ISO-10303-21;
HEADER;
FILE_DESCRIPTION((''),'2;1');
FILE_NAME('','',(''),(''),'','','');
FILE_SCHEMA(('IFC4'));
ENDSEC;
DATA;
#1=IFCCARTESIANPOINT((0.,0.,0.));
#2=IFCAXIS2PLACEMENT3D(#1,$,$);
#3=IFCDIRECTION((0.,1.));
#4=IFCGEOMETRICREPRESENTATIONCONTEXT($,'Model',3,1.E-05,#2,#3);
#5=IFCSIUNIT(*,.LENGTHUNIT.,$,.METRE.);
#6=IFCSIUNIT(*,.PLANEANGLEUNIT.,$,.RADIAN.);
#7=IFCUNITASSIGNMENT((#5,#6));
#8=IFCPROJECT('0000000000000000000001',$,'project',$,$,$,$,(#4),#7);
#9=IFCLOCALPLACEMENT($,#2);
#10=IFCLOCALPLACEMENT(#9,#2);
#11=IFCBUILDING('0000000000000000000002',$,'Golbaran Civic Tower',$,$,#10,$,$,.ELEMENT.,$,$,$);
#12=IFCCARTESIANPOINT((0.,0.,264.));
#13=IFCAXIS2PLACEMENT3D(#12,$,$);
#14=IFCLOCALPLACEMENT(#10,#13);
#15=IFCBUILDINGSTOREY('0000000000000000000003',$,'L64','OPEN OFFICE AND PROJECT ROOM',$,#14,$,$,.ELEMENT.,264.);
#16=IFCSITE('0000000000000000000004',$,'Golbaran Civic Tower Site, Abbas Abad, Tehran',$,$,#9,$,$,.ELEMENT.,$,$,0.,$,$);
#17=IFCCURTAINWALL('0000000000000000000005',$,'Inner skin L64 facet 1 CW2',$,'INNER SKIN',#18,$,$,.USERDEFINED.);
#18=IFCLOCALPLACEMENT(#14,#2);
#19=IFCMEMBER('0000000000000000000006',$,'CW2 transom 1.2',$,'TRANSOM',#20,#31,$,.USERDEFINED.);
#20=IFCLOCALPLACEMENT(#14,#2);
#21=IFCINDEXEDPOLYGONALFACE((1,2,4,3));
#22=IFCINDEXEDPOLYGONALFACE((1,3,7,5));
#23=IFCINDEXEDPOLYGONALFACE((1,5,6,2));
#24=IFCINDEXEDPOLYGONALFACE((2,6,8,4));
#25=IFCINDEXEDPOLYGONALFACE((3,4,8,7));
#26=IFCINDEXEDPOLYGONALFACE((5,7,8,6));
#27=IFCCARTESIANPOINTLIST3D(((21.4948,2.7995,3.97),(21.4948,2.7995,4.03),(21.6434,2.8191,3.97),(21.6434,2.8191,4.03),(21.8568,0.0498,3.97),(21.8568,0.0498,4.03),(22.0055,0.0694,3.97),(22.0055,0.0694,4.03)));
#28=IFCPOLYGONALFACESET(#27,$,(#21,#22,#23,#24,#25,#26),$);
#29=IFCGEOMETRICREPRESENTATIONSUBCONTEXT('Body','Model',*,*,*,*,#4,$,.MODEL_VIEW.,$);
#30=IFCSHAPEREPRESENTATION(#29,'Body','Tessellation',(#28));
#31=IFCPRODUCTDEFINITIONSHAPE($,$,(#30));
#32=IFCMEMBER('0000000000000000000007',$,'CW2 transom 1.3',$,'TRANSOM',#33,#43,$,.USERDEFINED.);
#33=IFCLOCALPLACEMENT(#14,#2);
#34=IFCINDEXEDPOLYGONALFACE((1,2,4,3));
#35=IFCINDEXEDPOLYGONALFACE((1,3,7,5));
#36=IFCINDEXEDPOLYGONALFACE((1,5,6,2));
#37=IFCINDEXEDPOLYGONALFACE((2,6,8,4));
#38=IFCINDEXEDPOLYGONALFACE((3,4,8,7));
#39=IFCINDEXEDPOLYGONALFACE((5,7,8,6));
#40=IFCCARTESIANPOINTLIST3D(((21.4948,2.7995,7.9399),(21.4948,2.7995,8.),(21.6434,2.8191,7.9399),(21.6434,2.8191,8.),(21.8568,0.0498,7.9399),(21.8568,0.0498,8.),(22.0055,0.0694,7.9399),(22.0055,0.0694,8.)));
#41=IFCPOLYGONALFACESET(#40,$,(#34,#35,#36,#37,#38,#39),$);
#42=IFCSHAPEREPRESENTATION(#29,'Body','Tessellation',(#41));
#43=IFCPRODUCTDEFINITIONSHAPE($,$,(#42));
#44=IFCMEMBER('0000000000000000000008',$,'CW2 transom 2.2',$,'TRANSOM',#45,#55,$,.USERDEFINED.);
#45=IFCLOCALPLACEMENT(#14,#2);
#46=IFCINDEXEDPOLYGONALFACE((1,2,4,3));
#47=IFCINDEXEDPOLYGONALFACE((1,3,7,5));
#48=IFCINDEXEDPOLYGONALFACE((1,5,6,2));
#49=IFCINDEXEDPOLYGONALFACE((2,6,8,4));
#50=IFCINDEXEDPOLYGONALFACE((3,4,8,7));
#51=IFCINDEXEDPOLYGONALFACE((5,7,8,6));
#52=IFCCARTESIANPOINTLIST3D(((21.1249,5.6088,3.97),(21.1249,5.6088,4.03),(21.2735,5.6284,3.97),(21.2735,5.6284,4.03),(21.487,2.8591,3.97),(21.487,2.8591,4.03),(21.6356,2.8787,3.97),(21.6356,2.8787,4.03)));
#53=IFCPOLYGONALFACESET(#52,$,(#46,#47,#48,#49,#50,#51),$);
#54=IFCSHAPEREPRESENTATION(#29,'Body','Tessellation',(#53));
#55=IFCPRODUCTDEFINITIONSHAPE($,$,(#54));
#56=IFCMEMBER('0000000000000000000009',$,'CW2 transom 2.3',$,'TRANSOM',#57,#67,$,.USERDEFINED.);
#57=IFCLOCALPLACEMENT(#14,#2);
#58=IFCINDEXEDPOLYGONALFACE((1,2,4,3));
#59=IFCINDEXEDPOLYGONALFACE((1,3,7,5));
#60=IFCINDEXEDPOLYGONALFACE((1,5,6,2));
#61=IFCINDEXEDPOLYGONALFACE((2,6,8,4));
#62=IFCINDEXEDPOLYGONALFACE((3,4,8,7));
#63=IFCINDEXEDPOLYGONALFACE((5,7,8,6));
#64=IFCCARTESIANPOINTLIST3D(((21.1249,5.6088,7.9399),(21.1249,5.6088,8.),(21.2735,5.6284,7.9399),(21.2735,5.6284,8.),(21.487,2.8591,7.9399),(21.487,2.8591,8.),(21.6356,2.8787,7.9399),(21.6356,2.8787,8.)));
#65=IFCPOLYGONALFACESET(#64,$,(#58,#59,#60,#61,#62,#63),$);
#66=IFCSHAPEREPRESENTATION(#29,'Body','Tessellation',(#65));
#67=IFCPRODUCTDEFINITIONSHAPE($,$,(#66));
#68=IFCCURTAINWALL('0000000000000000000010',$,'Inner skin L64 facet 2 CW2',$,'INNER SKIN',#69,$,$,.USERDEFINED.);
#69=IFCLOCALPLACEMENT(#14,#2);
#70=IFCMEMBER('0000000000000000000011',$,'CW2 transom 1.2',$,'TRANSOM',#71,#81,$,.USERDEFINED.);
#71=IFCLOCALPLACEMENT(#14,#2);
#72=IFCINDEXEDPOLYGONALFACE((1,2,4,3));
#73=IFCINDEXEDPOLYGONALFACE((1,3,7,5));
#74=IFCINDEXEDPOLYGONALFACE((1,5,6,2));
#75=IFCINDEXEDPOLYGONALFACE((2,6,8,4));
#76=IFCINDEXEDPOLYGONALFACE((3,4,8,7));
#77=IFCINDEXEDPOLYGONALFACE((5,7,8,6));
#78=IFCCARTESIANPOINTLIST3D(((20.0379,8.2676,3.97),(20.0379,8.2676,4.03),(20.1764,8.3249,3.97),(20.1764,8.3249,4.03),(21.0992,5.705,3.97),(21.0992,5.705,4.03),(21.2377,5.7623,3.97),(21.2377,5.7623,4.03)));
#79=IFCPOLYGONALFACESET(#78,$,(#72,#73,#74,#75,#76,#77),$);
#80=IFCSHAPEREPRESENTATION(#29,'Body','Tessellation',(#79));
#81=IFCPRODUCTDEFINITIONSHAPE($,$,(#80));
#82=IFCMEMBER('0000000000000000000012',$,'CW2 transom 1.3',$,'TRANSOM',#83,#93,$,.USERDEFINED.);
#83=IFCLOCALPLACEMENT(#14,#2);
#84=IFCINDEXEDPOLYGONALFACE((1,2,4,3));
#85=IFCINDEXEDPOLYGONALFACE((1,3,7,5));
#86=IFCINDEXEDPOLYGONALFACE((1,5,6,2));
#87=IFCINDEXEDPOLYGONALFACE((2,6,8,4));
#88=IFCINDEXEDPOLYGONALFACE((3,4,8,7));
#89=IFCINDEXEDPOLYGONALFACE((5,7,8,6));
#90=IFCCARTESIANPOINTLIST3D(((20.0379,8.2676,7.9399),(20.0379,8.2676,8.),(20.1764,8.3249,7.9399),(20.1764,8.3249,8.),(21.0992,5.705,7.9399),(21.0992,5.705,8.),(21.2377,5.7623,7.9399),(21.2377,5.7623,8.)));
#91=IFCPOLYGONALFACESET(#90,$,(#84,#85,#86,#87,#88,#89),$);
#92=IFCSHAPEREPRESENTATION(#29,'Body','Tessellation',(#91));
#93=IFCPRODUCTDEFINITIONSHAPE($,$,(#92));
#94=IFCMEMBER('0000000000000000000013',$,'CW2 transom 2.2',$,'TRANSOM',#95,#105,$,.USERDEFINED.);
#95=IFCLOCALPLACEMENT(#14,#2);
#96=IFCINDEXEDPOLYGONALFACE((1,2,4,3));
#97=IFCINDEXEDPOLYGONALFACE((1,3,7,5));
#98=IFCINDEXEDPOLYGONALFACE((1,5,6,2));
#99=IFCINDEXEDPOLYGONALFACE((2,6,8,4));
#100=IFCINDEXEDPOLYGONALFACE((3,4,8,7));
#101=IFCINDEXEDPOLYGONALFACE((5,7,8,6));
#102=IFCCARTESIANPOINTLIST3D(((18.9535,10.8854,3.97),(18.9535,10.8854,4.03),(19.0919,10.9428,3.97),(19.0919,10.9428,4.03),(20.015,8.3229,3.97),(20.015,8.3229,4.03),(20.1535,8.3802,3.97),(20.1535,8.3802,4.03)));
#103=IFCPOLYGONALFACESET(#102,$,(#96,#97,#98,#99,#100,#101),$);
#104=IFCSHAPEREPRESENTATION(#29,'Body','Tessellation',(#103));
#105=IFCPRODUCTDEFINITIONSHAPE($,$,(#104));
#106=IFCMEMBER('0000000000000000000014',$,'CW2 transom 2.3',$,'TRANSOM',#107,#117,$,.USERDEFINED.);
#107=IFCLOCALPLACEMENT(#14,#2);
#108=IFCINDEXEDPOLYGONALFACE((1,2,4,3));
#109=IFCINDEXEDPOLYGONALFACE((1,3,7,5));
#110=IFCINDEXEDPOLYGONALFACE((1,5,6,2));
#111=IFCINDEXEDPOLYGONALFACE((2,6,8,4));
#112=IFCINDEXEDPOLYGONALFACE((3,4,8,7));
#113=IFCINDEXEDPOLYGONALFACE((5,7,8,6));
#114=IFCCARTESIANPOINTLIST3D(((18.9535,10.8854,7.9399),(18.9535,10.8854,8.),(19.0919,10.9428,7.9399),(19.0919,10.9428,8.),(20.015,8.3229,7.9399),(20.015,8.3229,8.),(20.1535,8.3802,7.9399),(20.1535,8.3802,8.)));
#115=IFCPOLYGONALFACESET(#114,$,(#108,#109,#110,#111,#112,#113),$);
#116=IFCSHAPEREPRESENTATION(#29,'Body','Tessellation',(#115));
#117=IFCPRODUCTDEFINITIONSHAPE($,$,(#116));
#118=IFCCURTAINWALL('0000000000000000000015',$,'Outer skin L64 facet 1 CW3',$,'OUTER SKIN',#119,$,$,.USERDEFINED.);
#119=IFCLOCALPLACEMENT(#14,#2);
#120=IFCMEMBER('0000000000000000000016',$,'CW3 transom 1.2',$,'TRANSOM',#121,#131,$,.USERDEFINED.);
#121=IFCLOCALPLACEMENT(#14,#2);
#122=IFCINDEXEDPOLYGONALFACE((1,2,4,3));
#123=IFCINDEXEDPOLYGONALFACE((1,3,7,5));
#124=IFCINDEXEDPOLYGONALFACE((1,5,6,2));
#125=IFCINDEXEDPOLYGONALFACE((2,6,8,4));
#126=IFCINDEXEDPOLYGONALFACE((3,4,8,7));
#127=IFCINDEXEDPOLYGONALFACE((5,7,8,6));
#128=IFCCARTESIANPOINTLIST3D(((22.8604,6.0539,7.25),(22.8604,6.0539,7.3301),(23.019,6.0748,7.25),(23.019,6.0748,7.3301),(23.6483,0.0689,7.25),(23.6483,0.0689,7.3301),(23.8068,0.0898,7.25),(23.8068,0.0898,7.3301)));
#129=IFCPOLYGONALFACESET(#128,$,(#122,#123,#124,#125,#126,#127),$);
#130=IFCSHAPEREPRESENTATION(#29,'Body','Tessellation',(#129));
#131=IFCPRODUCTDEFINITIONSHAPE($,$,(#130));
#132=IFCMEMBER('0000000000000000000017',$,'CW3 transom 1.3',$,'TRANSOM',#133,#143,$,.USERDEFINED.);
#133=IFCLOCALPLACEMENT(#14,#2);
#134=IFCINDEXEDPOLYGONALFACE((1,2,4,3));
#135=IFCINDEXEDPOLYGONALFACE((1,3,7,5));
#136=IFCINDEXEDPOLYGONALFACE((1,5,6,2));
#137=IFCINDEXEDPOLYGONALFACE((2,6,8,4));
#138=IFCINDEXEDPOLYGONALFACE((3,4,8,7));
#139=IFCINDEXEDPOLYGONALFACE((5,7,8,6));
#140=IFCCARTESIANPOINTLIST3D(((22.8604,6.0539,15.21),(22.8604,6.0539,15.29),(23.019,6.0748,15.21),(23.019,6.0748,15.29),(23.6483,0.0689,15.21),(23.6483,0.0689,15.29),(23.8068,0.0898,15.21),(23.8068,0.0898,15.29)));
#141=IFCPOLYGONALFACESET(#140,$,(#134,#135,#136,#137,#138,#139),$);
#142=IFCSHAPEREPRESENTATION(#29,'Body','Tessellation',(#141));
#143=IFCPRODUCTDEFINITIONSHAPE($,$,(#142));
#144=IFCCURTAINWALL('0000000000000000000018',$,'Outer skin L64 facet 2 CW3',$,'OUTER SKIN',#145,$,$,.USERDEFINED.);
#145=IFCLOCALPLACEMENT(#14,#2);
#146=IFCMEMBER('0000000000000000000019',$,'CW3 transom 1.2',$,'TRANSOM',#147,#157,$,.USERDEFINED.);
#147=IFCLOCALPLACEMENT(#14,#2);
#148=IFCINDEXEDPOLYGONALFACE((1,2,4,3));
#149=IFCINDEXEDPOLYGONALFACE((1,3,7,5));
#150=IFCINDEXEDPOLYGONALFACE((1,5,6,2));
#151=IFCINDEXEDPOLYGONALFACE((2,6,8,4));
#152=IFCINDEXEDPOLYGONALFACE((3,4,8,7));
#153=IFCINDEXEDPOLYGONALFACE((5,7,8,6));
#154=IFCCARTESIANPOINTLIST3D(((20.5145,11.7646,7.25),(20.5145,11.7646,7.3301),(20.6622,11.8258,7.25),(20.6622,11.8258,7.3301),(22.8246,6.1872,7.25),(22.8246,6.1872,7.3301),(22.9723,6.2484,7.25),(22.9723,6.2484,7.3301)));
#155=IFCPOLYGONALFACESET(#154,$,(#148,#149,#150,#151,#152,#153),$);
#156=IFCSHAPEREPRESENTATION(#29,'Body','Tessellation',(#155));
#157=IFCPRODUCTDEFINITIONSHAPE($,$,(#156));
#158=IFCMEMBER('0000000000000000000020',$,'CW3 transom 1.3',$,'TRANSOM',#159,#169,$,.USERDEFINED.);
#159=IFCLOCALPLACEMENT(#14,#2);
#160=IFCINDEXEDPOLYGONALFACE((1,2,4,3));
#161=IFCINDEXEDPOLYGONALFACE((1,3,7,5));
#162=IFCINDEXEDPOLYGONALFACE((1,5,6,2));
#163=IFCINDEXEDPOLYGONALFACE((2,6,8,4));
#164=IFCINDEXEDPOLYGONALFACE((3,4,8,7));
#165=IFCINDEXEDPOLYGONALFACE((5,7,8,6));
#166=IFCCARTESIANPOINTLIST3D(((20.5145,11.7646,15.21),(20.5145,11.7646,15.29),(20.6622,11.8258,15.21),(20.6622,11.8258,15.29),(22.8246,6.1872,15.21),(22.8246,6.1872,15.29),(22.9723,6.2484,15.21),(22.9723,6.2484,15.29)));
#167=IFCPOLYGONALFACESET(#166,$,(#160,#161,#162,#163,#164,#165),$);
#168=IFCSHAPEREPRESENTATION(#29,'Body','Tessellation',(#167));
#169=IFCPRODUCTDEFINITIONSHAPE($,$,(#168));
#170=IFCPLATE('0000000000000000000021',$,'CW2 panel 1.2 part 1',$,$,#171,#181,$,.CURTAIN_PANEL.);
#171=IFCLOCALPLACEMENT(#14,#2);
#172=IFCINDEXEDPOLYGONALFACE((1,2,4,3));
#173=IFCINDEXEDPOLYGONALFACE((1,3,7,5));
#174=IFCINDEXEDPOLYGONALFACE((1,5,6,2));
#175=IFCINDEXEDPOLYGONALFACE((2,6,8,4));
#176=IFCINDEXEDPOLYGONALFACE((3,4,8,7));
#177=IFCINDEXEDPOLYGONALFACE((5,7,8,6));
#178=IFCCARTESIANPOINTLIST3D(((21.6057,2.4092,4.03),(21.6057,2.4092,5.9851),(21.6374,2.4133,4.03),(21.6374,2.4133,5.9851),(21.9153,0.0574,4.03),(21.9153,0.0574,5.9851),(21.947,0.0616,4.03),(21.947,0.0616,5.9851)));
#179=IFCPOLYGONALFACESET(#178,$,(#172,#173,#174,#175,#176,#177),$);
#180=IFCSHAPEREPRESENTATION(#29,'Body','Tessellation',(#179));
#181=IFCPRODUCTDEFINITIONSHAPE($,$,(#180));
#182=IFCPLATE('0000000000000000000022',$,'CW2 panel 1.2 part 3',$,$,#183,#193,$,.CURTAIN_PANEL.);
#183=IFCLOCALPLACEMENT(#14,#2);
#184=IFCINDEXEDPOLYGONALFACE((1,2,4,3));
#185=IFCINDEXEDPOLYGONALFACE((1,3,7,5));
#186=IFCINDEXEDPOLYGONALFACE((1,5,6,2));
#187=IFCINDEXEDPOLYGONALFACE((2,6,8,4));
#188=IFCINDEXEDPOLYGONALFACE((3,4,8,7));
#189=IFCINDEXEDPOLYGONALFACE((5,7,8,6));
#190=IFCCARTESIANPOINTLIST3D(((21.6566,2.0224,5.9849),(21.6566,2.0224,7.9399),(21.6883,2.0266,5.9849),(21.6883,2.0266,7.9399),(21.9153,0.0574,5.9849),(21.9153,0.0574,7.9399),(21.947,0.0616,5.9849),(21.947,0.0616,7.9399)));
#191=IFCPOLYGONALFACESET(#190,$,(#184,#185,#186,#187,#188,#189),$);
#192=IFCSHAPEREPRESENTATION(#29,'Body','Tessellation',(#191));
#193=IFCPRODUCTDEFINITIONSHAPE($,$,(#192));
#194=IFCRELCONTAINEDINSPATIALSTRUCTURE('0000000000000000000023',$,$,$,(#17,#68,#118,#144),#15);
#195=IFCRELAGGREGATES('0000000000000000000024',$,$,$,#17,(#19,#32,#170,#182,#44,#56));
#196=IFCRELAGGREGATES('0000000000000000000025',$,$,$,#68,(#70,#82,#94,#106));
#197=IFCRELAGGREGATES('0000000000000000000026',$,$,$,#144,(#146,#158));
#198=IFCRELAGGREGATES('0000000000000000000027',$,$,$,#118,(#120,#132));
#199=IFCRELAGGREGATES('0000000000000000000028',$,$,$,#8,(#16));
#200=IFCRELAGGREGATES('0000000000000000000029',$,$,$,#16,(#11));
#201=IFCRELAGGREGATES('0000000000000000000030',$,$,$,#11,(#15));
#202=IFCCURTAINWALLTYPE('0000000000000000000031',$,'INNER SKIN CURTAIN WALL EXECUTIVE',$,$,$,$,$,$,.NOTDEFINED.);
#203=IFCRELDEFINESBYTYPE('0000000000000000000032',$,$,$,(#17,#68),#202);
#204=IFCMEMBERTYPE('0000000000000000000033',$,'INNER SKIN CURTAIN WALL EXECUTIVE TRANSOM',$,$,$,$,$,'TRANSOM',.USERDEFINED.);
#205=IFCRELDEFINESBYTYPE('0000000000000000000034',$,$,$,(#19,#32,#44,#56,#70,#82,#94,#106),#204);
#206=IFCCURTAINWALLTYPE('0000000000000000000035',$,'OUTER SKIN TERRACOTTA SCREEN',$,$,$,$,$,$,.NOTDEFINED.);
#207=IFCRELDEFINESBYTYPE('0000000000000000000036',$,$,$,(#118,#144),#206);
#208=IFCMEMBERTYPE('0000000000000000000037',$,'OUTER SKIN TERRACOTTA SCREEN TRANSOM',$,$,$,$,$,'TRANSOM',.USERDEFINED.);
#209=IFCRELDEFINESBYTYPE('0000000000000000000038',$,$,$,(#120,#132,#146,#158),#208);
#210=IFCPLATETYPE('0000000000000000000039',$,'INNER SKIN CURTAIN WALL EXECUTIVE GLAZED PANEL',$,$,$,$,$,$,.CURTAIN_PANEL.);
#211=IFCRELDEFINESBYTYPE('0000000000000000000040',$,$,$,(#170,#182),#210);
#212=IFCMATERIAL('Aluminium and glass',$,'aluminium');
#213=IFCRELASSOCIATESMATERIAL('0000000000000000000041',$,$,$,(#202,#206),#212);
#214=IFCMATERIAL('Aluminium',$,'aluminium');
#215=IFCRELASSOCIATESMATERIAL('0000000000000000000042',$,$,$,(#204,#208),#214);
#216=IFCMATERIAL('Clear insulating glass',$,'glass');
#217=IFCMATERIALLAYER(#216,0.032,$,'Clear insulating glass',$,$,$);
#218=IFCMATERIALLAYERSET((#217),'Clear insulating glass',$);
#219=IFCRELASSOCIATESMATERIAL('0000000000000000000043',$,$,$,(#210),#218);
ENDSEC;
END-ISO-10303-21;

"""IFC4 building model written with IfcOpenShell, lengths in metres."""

from ifc_helpers import new_model, si_unit, direction, frame, origin, origin_2d, place, context, subcontext, project, spatial, rectangle, extrude, material, layer, layer_set, material_profile, profile_set, type_object, element, aggregate, save


model = new_model("IFC4")

# Units and contexts
model_context = context("Model", 3, precision=1e-05, world=origin(), true_north=direction((0.0, 1.0)))
body_context = subcontext(model_context, "Body", "Model", "MODEL_VIEW")
ifc_project = project(units=[si_unit("LENGTHUNIT", "METRE"), si_unit("PLANEANGLEUNIT", "RADIAN")], contexts=[model_context])

# Site, building, storey
site_placement = place(None, origin())
site = spatial("IfcSite", under=ifc_project, at=site_placement, Name="Golbaran Civic Tower Site, Abbas Abad, Tehran", CompositionType="ELEMENT", RefElevation=0.0)
building_placement = place(site_placement, origin())
building = spatial("IfcBuilding", under=site, at=building_placement, Name="Golbaran Civic Tower", CompositionType="ELEMENT")
storey_placement = place(building_placement, frame((0.0, 0.0, 264.0)))
storey = spatial("IfcBuildingStorey", under=building, at=storey_placement, Name="L64", Description="OPEN OFFICE AND PROJECT ROOM", CompositionType="ELEMENT", Elevation=264.0)

# Curtain walls, members
ifc_material_1 = material(Name="Aluminium and glass", Category="aluminium")
curtain_wall_type_1 = type_object("IfcCurtainWallType", Name="INNER SKIN CURTAIN WALL EXECUTIVE", PredefinedType="NOTDEFINED", material=ifc_material_1)
curtain_wall_1_placement = place(storey_placement, origin())
curtain_wall_1 = element("IfcCurtainWall", 1, at=curtain_wall_1_placement, inside=storey, type_object=curtain_wall_type_1, Name="Inner skin L64 facet 1 CW2", ObjectType="INNER SKIN", PredefinedType="USERDEFINED")
ifc_material_2 = material(Name="Aluminium", Category="aluminium")
ifc_material_profile_1 = material_profile(ifc_material_2, rectangle(XDim=0.1499, YDim=0.0601, at=origin_2d()), Name="INNER SKIN CURTAIN WALL EXECUTIVE TRANSOM")
ifc_profile_set_1 = profile_set([ifc_material_profile_1], Name="Aluminium")
member_type_1 = type_object("IfcMemberType", Name="INNER SKIN CURTAIN WALL EXECUTIVE TRANSOM", ElementType="TRANSOM", PredefinedType="USERDEFINED", material=ifc_profile_set_1)
member_1_placement = place(storey_placement, frame((21.9312, 0.0596, 4.0), z_axis=(-0.130543, 0.991443, 0.0), x_axis=(-0.991443, -0.130543, 0.0)))
member_1 = element("IfcMember", 2, at=member_1_placement, type_object=member_type_1, Name="CW2 transom 1.2", ObjectType="TRANSOM", PredefinedType="USERDEFINED", context=body_context, shape_type="SweptSolid", body=[
    extrude(rectangle(XDim=0.1499, YDim=0.0601, at=origin_2d()), origin(), (0.0, 0.0, 1.0), 2.7734),
])
member_2_placement = place(storey_placement, frame((21.9312, 0.0596, 7.97), z_axis=(-0.130543, 0.991443, 0.0), x_axis=(-0.991443, -0.130543, 0.0)))
member_2 = element("IfcMember", 3, at=member_2_placement, type_object=member_type_1, Name="CW2 transom 1.3", ObjectType="TRANSOM", PredefinedType="USERDEFINED", context=body_context, shape_type="SweptSolid", body=[
    extrude(rectangle(XDim=0.1499, YDim=0.0601, at=origin_2d()), origin(), (0.0, 0.0, 1.0), 2.7734),
])
member_3_placement = place(storey_placement, frame((21.5613, 2.8689, 4.0), z_axis=(-0.130543, 0.991443, 0.0), x_axis=(-0.991443, -0.130543, 0.0)))
member_3 = element("IfcMember", 4, at=member_3_placement, type_object=member_type_1, Name="CW2 transom 2.2", ObjectType="TRANSOM", PredefinedType="USERDEFINED", context=body_context, shape_type="SweptSolid", body=[
    extrude(rectangle(XDim=0.1499, YDim=0.0601, at=origin_2d()), origin(), (0.0, 0.0, 1.0), 2.7734),
])
member_4_placement = place(storey_placement, frame((21.5613, 2.8689, 7.97), z_axis=(-0.130543, 0.991443, 0.0), x_axis=(-0.991443, -0.130543, 0.0)))
member_4 = element("IfcMember", 5, at=member_4_placement, type_object=member_type_1, Name="CW2 transom 2.3", ObjectType="TRANSOM", PredefinedType="USERDEFINED", context=body_context, shape_type="SweptSolid", body=[
    extrude(rectangle(XDim=0.1499, YDim=0.0601, at=origin_2d()), origin(), (0.0, 0.0, 1.0), 2.7734),
])
curtain_wall_2_placement = place(storey_placement, origin())
curtain_wall_2 = element("IfcCurtainWall", 6, at=curtain_wall_2_placement, inside=storey, type_object=curtain_wall_type_1, Name="Inner skin L64 facet 2 CW2", ObjectType="INNER SKIN", PredefinedType="USERDEFINED")
member_5_placement = place(storey_placement, frame((21.1685, 5.7336, 4.0), z_axis=(-0.382639, 0.923898, 0.0), x_axis=(-0.923898, -0.382639, 0.0)))
member_5 = element("IfcMember", 7, at=member_5_placement, type_object=member_type_1, Name="CW2 transom 1.2", ObjectType="TRANSOM", PredefinedType="USERDEFINED", context=body_context, shape_type="SweptSolid", body=[
    extrude(rectangle(XDim=0.1499, YDim=0.0601, at=origin_2d()), origin(), (0.0, 0.0, 1.0), 2.7737),
])
member_6_placement = place(storey_placement, frame((21.1685, 5.7336, 7.97), z_axis=(-0.382639, 0.923898, 0.0), x_axis=(-0.923898, -0.382639, 0.0)))
member_6 = element("IfcMember", 8, at=member_6_placement, type_object=member_type_1, Name="CW2 transom 1.3", ObjectType="TRANSOM", PredefinedType="USERDEFINED", context=body_context, shape_type="SweptSolid", body=[
    extrude(rectangle(XDim=0.1499, YDim=0.0601, at=origin_2d()), origin(), (0.0, 0.0, 1.0), 2.7737),
])
member_7_placement = place(storey_placement, frame((20.0842, 8.3516, 4.0), z_axis=(-0.382715, 0.923867, 0.0), x_axis=(-0.923867, -0.382715, 0.0)))
member_7 = element("IfcMember", 9, at=member_7_placement, type_object=member_type_1, Name="CW2 transom 2.2", ObjectType="TRANSOM", PredefinedType="USERDEFINED", context=body_context, shape_type="SweptSolid", body=[
    extrude(rectangle(XDim=0.1499, YDim=0.0601, at=origin_2d()), origin(), (0.0, 0.0, 1.0), 2.7737),
])
member_8_placement = place(storey_placement, frame((20.0842, 8.3516, 7.97), z_axis=(-0.382715, 0.923867, 0.0), x_axis=(-0.923867, -0.382715, 0.0)))
member_8 = element("IfcMember", 10, at=member_8_placement, type_object=member_type_1, Name="CW2 transom 2.3", ObjectType="TRANSOM", PredefinedType="USERDEFINED", context=body_context, shape_type="SweptSolid", body=[
    extrude(rectangle(XDim=0.1499, YDim=0.0601, at=origin_2d()), origin(), (0.0, 0.0, 1.0), 2.7737),
])
curtain_wall_type_2 = type_object("IfcCurtainWallType", Name="OUTER SKIN TERRACOTTA SCREEN", PredefinedType="NOTDEFINED", material=ifc_material_1)
curtain_wall_3_placement = place(storey_placement, origin())
curtain_wall_3 = element("IfcCurtainWall", 11, at=curtain_wall_3_placement, inside=storey, type_object=curtain_wall_type_2, Name="Outer skin L64 facet 1 CW3", ObjectType="OUTER SKIN", PredefinedType="USERDEFINED")
ifc_material_profile_2 = material_profile(ifc_material_2, rectangle(XDim=0.1599, YDim=0.0801, at=origin_2d()), Name="OUTER SKIN TERRACOTTA SCREEN TRANSOM")
ifc_profile_set_2 = profile_set([ifc_material_profile_2], Name="Aluminium")
member_type_2 = type_object("IfcMemberType", Name="OUTER SKIN TERRACOTTA SCREEN TRANSOM", ElementType="TRANSOM", PredefinedType="USERDEFINED", material=ifc_profile_set_2)
member_9_placement = place(storey_placement, frame((23.7275, 0.0793, 7.29), z_axis=(-0.130508, 0.991447, 0.0), x_axis=(-0.991447, -0.130508, 0.0)))
member_9 = element("IfcMember", 12, at=member_9_placement, type_object=member_type_2, Name="CW3 transom 1.2", ObjectType="TRANSOM", PredefinedType="USERDEFINED", context=body_context, shape_type="SweptSolid", body=[
    extrude(rectangle(XDim=0.1599, YDim=0.0801, at=origin_2d()), origin(), (0.0, 0.0, 1.0), 6.0366),
])
member_10_placement = place(storey_placement, frame((23.7275, 0.0793, 15.25), z_axis=(-0.130508, 0.991447, 0.0), x_axis=(-0.991447, -0.130508, 0.0)))
member_10 = element("IfcMember", 13, at=member_10_placement, type_object=member_type_2, Name="CW3 transom 1.3", ObjectType="TRANSOM", PredefinedType="USERDEFINED", context=body_context, shape_type="SweptSolid", body=[
    extrude(rectangle(XDim=0.1599, YDim=0.0801, at=origin_2d()), origin(), (0.0, 0.0, 1.0), 6.0366),
])
curtain_wall_4_placement = place(storey_placement, origin())
curtain_wall_4 = element("IfcCurtainWall", 14, at=curtain_wall_4_placement, inside=storey, type_object=curtain_wall_type_2, Name="Outer skin L64 facet 2 CW3", ObjectType="OUTER SKIN", PredefinedType="USERDEFINED")
member_11_placement = place(storey_placement, frame((22.8984, 6.2178, 7.29), z_axis=(-0.382659, 0.92389, 0.0), x_axis=(-0.92389, -0.382659, 0.0)))
member_11 = element("IfcMember", 15, at=member_11_placement, type_object=member_type_2, Name="CW3 transom 1.2", ObjectType="TRANSOM", PredefinedType="USERDEFINED", context=body_context, shape_type="SweptSolid", body=[
    extrude(rectangle(XDim=0.1599, YDim=0.0801, at=origin_2d()), origin(), (0.0, 0.0, 1.0), 6.0369),
])
member_12_placement = place(storey_placement, frame((22.8984, 6.2178, 15.25), z_axis=(-0.382659, 0.92389, 0.0), x_axis=(-0.92389, -0.382659, 0.0)))
member_12 = element("IfcMember", 16, at=member_12_placement, type_object=member_type_2, Name="CW3 transom 1.3", ObjectType="TRANSOM", PredefinedType="USERDEFINED", context=body_context, shape_type="SweptSolid", body=[
    extrude(rectangle(XDim=0.1599, YDim=0.0801, at=origin_2d()), origin(), (0.0, 0.0, 1.0), 6.0369),
])

# Plates
ifc_material_3 = material(Name="Clear insulating glass", Category="glass")
ifc_layer_1 = layer(ifc_material_3, 0.032, Name="Clear insulating glass")
ifc_layer_set_1 = layer_set([ifc_layer_1], Name="Clear insulating glass")
plate_type_1 = type_object("IfcPlateType", Name="INNER SKIN CURTAIN WALL EXECUTIVE GLAZED PANEL", PredefinedType="CURTAIN_PANEL", material=ifc_layer_set_1)
plate_1_placement = place(storey_placement, frame((21.7764, 1.2354, 4.03), z_axis=(0.0, 0.0, 1.0), x_axis=(-0.130526, 0.991445, 0.0)))
plate_1 = element("IfcPlate", 17, at=plate_1_placement, type_object=plate_type_1, Name="CW2 panel 1.2 part 1", PredefinedType="CURTAIN_PANEL", context=body_context, shape_type="SweptSolid", body=[
    extrude(rectangle(XDim=2.3721, YDim=0.032, at=origin_2d()), origin(), (0.0, 0.0, 1.0), 1.9551),
])
plate_2_placement = place(storey_placement, frame((21.8018, 1.042, 5.9849), z_axis=(0.0, 0.0, 1.0), x_axis=(-0.130526, 0.991445, 0.0)))
plate_2 = element("IfcPlate", 18, at=plate_2_placement, type_object=plate_type_1, Name="CW2 panel 1.2 part 3", PredefinedType="CURTAIN_PANEL", context=body_context, shape_type="SweptSolid", body=[
    extrude(rectangle(XDim=1.9819, YDim=0.032, at=origin_2d()), origin(), (0.0, 0.0, 1.0), 1.9551),
])
aggregate(curtain_wall_1, [member_1, member_2, plate_1, plate_2, member_3, member_4])
aggregate(curtain_wall_2, [member_5, member_6, member_7, member_8])
aggregate(curtain_wall_4, [member_11, member_12])
aggregate(curtain_wall_3, [member_9, member_10])

save(model, "model.ifc")
